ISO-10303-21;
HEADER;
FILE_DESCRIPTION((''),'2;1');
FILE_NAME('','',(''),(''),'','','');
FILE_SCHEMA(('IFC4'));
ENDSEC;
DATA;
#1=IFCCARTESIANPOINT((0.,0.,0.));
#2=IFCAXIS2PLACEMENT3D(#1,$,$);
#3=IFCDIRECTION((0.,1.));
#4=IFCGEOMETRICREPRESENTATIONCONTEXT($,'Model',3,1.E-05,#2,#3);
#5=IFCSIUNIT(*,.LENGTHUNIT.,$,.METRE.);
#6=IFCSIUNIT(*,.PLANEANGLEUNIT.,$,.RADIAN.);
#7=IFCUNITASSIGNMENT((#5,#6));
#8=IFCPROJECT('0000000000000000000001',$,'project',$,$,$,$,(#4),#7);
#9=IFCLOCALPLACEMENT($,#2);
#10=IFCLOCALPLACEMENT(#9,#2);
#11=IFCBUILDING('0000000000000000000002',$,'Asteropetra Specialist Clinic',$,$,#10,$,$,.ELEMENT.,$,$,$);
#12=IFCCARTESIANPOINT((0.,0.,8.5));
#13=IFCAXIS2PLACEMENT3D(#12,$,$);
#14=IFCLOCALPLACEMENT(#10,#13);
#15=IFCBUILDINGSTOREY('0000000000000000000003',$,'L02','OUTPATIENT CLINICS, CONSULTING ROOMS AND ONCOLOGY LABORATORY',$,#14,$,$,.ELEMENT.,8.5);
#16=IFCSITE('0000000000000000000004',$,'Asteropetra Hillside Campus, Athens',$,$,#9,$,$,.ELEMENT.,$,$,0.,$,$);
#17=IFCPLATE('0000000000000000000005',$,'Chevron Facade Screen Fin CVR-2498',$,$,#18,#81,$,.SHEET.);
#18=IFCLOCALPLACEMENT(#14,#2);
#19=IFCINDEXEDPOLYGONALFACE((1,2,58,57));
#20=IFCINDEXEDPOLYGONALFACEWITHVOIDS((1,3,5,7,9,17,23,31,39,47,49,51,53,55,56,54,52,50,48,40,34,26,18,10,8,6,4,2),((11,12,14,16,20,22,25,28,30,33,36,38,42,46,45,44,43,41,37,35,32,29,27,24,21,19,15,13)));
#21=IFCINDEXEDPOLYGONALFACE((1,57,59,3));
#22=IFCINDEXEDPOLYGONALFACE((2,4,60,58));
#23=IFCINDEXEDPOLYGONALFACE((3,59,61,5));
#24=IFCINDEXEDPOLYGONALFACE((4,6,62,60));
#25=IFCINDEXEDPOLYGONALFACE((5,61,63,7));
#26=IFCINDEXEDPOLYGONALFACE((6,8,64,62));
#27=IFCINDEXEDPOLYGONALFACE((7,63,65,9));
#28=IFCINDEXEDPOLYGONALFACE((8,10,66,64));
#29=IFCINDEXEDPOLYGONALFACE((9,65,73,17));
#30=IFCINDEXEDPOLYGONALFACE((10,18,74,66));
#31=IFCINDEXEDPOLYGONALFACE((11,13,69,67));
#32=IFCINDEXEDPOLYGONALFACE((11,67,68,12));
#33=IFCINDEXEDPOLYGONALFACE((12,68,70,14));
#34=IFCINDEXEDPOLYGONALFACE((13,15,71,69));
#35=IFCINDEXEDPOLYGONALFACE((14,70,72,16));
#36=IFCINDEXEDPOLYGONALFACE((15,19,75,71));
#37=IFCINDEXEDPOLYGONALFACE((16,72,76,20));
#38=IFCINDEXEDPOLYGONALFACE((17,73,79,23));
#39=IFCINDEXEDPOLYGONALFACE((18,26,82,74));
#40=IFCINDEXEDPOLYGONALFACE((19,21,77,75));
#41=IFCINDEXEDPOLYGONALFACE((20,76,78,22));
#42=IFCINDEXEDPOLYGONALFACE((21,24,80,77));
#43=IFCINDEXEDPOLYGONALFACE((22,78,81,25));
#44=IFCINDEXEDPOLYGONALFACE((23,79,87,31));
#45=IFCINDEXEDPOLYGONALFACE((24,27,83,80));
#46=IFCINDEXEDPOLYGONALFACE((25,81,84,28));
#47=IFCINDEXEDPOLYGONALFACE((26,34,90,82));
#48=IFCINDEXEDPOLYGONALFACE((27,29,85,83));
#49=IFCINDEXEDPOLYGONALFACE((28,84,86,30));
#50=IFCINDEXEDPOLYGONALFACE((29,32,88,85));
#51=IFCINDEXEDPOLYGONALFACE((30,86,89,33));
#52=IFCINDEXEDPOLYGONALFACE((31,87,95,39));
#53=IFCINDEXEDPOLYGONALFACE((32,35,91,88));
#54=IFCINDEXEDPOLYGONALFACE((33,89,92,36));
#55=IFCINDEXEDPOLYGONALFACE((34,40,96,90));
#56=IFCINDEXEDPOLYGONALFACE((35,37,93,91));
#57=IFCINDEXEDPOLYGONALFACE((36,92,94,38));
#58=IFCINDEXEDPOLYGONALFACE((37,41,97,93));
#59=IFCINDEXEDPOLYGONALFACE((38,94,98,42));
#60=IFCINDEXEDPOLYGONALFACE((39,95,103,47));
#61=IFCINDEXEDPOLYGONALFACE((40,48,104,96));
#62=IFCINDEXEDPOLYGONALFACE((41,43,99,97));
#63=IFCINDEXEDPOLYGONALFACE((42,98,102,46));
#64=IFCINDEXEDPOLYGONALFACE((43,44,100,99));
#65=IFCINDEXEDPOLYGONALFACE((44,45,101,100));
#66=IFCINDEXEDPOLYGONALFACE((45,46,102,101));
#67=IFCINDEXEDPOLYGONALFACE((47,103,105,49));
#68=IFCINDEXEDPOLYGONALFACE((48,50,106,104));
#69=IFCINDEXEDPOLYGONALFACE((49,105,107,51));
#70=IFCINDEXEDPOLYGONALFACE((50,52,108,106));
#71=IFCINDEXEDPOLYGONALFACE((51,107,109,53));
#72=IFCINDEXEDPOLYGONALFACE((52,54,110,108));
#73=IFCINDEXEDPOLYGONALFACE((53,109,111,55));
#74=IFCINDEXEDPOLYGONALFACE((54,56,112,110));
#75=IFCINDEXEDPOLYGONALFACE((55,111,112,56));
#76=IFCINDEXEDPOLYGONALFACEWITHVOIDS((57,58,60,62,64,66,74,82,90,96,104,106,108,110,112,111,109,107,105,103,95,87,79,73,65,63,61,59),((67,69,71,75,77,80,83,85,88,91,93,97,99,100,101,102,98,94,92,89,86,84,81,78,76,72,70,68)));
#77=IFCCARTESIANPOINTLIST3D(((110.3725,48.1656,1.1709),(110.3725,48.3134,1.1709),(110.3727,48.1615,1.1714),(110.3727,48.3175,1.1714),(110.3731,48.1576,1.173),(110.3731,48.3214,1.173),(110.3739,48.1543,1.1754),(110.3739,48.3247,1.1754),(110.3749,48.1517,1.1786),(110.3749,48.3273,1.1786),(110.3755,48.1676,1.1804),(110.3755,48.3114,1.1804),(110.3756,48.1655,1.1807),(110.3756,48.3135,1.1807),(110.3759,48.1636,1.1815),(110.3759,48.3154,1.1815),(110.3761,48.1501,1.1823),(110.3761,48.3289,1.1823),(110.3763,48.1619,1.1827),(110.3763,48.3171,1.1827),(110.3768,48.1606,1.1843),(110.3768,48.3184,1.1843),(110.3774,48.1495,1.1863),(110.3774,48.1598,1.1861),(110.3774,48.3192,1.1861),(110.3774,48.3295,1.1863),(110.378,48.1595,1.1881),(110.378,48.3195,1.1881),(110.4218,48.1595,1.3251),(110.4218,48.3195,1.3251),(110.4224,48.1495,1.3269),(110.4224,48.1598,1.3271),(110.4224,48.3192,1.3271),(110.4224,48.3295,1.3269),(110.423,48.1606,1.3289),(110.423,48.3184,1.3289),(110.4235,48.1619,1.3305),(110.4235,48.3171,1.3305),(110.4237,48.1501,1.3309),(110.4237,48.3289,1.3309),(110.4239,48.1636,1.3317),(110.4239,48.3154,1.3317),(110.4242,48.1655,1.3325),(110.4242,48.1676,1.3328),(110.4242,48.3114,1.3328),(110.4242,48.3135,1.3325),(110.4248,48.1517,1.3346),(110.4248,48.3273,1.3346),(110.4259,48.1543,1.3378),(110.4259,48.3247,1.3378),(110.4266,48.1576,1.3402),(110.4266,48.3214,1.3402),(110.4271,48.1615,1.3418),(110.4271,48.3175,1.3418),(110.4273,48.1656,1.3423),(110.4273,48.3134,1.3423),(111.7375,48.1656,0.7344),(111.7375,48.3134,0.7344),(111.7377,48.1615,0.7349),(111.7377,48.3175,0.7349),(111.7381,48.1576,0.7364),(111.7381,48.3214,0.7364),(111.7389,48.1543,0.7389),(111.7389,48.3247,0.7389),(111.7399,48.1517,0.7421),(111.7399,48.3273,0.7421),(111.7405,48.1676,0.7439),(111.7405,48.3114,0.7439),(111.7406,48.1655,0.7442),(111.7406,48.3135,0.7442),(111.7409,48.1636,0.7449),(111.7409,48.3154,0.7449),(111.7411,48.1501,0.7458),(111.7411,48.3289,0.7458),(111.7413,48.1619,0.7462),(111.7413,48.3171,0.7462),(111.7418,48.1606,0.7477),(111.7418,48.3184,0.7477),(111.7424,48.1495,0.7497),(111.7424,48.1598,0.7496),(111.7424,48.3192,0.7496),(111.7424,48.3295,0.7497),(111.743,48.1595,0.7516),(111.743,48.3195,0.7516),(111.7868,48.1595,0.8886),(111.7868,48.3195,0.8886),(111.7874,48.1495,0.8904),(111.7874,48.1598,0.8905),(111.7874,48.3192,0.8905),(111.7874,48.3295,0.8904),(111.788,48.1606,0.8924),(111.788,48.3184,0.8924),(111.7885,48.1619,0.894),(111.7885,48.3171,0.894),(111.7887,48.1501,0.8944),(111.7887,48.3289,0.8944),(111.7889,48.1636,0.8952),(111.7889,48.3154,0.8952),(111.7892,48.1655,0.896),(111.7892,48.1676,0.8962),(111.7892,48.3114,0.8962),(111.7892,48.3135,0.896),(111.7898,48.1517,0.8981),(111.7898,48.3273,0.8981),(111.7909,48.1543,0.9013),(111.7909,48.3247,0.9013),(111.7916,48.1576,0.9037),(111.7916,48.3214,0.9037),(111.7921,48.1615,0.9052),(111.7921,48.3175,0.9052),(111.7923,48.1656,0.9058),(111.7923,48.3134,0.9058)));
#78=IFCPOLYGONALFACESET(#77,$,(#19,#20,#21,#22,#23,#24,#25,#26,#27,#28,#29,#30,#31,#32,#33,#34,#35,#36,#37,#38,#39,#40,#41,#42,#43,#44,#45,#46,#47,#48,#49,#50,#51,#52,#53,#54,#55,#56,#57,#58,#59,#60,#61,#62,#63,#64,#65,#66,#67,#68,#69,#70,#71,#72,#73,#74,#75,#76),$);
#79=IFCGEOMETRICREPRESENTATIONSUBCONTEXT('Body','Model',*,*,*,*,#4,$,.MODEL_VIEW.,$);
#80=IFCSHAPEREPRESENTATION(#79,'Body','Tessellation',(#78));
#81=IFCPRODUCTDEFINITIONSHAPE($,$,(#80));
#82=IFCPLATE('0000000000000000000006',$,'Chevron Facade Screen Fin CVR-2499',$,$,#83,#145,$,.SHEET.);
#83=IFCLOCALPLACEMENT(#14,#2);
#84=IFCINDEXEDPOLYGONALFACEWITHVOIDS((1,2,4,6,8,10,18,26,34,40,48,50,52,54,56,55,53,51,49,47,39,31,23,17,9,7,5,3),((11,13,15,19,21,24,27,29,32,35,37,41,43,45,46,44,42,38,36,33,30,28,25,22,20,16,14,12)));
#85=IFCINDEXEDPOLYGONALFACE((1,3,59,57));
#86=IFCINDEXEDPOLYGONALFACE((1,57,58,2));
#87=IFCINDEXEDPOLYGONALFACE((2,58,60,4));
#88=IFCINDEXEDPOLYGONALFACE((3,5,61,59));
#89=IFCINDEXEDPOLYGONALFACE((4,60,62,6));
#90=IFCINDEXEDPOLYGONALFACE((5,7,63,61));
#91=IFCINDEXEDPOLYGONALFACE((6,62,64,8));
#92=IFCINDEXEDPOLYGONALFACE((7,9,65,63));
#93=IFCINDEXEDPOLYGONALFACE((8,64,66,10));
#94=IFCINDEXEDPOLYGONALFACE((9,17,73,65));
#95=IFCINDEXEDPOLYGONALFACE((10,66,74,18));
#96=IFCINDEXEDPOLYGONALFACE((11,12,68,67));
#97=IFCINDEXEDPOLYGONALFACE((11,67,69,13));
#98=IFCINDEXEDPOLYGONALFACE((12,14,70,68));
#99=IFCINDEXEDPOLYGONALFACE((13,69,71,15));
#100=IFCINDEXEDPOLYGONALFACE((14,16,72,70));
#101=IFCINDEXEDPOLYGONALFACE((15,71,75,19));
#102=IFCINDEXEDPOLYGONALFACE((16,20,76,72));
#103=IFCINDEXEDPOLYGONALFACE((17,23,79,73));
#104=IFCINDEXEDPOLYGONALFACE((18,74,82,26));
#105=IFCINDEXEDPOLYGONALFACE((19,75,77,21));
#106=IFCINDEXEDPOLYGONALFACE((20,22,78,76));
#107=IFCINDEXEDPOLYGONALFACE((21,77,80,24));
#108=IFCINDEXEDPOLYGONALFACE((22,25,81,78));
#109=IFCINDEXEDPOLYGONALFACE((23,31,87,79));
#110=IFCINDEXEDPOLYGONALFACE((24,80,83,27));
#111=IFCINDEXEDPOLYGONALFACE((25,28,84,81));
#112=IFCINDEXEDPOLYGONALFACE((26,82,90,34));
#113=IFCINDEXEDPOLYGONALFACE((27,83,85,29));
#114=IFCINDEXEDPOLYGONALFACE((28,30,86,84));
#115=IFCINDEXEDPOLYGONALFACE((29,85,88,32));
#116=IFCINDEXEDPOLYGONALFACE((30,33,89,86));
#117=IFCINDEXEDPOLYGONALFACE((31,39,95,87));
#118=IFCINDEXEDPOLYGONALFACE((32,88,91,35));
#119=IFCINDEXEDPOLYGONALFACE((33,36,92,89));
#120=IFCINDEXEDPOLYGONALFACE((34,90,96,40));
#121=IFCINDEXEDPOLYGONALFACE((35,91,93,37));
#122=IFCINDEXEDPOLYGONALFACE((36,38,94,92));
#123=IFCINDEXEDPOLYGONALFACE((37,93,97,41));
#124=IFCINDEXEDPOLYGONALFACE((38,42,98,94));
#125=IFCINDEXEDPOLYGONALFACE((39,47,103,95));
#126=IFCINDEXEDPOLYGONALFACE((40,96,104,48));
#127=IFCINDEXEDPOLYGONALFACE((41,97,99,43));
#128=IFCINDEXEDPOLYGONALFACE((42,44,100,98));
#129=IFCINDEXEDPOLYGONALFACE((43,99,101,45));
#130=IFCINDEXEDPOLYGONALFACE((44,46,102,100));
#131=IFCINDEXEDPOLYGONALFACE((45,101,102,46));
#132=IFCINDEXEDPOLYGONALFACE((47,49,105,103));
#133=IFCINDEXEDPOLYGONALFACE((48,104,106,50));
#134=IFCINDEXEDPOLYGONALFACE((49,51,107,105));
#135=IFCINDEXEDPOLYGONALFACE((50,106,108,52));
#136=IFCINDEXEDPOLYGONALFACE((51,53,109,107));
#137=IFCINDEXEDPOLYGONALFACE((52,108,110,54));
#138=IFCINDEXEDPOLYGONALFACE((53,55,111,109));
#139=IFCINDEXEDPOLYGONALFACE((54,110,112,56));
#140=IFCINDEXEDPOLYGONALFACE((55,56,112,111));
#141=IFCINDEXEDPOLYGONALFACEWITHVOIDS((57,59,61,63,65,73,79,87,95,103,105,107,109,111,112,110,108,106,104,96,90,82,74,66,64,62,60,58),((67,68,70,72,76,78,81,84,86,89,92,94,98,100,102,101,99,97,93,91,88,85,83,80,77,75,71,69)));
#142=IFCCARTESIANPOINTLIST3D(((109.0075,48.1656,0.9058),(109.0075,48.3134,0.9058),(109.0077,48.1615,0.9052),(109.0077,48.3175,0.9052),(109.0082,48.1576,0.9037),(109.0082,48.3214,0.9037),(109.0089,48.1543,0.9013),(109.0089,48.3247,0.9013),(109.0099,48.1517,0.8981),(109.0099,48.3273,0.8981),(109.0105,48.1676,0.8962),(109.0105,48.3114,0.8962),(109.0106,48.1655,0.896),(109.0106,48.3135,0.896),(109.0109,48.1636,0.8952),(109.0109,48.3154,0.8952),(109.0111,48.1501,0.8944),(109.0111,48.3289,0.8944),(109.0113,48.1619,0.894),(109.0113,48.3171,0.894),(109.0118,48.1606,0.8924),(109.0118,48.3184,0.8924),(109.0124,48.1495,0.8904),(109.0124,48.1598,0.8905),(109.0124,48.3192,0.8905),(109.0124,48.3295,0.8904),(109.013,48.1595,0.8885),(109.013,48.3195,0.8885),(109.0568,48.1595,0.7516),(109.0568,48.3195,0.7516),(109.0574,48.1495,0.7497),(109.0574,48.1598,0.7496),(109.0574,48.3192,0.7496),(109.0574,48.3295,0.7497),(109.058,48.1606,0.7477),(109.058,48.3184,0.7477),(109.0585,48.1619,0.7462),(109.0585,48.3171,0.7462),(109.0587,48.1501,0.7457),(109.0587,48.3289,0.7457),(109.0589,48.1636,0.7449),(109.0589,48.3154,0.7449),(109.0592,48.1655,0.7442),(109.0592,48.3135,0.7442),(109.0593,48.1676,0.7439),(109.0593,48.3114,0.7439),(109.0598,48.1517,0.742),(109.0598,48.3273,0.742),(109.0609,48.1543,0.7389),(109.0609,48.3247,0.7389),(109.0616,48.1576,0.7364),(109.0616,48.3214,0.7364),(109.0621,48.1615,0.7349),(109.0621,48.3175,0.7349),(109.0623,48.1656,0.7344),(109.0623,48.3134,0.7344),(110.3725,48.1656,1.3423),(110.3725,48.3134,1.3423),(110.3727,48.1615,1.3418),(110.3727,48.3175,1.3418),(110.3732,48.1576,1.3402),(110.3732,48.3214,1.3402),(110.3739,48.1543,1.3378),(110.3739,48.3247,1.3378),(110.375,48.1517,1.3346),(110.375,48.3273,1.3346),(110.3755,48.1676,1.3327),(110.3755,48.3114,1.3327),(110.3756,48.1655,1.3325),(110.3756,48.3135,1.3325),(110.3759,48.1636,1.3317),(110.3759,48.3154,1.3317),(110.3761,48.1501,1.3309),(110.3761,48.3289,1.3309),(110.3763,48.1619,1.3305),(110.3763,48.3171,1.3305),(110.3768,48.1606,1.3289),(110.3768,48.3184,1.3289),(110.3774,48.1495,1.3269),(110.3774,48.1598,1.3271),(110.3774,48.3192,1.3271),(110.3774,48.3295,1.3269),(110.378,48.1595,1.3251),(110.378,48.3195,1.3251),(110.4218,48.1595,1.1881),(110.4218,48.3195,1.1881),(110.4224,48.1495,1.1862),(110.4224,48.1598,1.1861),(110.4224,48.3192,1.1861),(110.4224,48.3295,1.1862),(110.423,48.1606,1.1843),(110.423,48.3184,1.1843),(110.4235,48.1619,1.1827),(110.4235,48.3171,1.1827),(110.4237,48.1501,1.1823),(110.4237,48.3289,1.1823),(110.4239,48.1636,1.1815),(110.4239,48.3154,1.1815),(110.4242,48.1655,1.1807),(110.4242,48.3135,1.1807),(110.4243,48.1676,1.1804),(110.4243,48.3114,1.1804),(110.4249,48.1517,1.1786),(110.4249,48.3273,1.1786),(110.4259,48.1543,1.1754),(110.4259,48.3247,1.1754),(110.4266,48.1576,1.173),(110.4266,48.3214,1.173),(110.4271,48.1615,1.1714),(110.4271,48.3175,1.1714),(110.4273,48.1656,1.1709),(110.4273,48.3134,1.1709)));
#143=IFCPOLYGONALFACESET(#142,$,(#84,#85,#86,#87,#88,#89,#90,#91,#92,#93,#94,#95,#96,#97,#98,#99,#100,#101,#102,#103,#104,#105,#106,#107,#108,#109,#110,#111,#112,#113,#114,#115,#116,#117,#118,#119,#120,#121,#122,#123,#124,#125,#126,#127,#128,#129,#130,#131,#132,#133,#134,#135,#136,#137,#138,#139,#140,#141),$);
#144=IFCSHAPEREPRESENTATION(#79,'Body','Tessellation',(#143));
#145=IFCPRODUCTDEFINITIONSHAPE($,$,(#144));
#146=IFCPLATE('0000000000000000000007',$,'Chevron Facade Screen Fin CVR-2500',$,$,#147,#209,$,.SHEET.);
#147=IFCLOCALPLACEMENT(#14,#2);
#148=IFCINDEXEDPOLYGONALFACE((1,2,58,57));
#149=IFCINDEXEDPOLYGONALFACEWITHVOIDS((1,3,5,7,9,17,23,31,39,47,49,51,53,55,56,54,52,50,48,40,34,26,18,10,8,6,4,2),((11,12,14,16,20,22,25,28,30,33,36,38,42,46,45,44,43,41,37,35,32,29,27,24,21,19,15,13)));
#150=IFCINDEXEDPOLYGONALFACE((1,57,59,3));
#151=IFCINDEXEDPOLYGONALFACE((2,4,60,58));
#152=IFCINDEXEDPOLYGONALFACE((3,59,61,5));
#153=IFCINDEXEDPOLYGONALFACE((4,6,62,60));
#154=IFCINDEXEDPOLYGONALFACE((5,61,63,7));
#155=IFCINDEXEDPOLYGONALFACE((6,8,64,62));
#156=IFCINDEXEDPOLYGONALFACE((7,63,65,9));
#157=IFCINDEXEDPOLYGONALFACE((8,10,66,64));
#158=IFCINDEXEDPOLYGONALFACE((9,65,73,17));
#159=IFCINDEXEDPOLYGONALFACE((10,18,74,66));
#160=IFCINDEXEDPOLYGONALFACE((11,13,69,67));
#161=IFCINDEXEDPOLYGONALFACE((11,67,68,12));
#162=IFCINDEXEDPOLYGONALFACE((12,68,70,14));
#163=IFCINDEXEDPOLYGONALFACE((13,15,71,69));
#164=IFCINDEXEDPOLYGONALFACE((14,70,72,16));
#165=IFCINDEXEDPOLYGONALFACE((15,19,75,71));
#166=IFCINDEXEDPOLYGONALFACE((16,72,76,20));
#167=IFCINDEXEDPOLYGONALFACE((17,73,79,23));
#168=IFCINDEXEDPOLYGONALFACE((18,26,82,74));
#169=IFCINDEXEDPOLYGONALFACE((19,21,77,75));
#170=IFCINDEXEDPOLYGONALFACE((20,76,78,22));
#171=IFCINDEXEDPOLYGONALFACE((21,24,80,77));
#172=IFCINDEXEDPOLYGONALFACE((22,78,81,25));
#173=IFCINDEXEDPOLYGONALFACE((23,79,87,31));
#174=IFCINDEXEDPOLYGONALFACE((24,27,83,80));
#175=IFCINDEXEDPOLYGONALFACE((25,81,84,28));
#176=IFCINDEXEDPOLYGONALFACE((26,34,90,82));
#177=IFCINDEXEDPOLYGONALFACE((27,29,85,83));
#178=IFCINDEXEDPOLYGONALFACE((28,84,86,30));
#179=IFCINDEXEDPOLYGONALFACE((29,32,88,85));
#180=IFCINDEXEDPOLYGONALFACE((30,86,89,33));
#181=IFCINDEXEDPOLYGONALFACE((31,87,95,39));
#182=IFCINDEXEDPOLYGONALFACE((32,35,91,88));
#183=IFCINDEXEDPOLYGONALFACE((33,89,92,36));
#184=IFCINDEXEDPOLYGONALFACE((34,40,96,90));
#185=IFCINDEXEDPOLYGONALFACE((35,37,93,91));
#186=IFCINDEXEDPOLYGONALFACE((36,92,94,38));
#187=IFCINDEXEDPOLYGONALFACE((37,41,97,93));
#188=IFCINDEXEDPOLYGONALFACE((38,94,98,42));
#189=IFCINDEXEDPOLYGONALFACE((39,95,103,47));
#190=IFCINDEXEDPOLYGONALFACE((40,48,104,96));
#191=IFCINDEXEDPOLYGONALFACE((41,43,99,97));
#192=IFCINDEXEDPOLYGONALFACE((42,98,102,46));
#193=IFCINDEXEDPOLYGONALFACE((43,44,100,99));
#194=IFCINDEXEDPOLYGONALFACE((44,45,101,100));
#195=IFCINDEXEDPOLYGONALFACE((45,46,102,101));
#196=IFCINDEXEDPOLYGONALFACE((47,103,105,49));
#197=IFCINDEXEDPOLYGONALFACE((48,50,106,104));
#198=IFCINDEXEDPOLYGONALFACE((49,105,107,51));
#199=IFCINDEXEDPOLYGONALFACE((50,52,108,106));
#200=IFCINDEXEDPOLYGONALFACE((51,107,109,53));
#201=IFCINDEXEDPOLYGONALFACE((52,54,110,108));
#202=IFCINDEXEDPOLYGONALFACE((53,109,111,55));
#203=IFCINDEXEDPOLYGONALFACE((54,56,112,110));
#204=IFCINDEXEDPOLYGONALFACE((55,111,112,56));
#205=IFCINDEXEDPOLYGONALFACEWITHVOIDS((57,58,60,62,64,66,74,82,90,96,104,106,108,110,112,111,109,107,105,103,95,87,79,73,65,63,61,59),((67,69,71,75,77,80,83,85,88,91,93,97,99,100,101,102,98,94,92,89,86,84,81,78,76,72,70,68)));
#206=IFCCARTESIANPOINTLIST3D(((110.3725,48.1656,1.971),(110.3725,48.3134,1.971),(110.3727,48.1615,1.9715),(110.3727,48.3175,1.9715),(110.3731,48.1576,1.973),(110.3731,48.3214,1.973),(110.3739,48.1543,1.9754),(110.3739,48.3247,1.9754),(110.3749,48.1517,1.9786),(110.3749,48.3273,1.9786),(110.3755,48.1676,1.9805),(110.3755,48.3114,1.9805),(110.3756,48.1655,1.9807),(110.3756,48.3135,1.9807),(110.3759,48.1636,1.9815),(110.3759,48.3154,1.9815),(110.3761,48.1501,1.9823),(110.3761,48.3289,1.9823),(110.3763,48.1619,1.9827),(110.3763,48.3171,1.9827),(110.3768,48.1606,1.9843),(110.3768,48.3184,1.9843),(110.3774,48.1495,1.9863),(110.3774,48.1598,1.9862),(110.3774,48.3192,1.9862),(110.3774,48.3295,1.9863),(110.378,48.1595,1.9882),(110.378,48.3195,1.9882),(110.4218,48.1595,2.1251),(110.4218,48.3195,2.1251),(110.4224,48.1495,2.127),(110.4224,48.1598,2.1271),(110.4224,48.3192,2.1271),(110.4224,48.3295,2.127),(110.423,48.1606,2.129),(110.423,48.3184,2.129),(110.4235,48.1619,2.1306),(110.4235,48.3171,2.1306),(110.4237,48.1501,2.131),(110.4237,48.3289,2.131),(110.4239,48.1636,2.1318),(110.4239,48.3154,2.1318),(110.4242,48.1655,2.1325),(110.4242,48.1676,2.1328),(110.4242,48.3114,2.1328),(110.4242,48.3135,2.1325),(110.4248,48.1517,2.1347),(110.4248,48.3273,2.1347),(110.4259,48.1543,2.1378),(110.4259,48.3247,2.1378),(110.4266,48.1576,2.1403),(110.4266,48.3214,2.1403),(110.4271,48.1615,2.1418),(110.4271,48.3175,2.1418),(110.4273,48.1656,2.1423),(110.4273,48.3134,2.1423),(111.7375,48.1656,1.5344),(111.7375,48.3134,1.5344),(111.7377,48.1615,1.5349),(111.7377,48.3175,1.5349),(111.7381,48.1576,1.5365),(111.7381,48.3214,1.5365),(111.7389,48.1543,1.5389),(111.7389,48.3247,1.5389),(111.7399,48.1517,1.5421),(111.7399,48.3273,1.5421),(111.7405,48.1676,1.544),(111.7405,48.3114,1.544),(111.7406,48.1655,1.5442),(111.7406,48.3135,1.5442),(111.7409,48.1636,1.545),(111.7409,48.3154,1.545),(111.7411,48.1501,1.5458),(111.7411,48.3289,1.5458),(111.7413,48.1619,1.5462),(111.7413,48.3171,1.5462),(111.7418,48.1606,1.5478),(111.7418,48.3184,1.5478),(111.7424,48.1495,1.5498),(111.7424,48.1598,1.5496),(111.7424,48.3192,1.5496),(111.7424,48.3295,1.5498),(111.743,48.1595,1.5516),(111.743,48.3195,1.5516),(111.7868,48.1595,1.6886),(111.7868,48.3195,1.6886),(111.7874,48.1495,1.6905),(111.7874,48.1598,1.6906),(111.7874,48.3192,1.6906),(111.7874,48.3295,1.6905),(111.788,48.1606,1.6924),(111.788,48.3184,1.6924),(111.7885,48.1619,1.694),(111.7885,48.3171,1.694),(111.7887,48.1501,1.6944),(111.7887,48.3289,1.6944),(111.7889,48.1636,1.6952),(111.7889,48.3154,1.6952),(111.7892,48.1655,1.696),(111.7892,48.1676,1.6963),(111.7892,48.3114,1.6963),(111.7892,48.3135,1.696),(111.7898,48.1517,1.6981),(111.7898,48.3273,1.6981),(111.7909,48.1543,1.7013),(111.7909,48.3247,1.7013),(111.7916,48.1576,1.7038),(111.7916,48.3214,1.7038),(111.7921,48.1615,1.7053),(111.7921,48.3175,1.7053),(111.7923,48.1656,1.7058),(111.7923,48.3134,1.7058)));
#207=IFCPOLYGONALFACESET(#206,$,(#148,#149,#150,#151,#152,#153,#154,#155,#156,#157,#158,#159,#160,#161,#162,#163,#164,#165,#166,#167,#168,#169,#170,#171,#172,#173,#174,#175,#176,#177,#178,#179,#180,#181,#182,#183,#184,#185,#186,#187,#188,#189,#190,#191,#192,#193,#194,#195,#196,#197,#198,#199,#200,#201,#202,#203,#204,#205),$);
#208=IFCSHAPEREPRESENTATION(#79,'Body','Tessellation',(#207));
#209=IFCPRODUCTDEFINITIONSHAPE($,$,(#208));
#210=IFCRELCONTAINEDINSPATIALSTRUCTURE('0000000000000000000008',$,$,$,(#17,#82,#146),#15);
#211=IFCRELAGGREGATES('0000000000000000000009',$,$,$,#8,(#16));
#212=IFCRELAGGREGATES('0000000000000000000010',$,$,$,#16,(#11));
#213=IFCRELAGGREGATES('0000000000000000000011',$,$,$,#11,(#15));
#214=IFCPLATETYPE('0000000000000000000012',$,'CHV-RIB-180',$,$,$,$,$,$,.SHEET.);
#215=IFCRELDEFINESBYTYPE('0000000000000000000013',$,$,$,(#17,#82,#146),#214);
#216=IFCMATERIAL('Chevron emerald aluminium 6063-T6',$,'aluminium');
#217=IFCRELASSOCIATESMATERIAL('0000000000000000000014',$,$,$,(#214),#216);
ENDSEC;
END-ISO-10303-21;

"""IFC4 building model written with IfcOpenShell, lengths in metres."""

from ifc_helpers import new_model, si_unit, direction, frame, origin, origin_2d, place, context, subcontext, project, spatial, hollow_rectangle, extrude, material, material_profile, profile_set, type_object, element, save


model = new_model("IFC4")

# Units and contexts
model_context = context("Model", 3, precision=1e-05, world=origin(), true_north=direction((0.0, 1.0)))
body_context = subcontext(model_context, "Body", "Model", "MODEL_VIEW")
ifc_project = project(units=[si_unit("LENGTHUNIT", "METRE"), si_unit("PLANEANGLEUNIT", "RADIAN")], contexts=[model_context])

# Site, building, storey
site_placement = place(None, origin())
site = spatial("IfcSite", under=ifc_project, at=site_placement, Name="Asteropetra Hillside Campus, Athens", CompositionType="ELEMENT", RefElevation=0.0)
building_placement = place(site_placement, origin())
building = spatial("IfcBuilding", under=site, at=building_placement, Name="Asteropetra Specialist Clinic", CompositionType="ELEMENT")
storey_placement = place(building_placement, frame((0.0, 0.0, 8.5)))
storey = spatial("IfcBuildingStorey", under=building, at=storey_placement, Name="L02", Description="OUTPATIENT CLINICS, CONSULTING ROOMS AND ONCOLOGY LABORATORY", CompositionType="ELEMENT", Elevation=8.5)

# Plates
ifc_material_1 = material(Name="Chevron emerald aluminium 6063-T6", Category="aluminium")
ifc_material_profile_1 = material_profile(ifc_material_1, hollow_rectangle(XDim=0.1799, YDim=0.1799, WallThickness=0.01, InnerFilletRadius=0.0081, OuterFilletRadius=0.0161, at=origin_2d()), Name="SHS 180x180x10.0")
ifc_profile_set_1 = profile_set([ifc_material_profile_1], Name="Chevron emerald aluminium 6063-T6")
plate_type = type_object("IfcPlateType", Name="CHV-RIB-180", PredefinedType="SHEET", material=ifc_profile_set_1)
for number, where, z_axis, x_axis, name in (
    (1, (111.7649, 48.2395, 0.8201), (-0.95248, 0.0, 0.304603), (0.0, -1.0, 0.0), "Chevron Facade Screen Fin CVR-2498"),
    (2, (110.3999, 48.2395, 1.2566), (-0.95248, 0.0, -0.304603), (0.0, -1.0, 0.0), "Chevron Facade Screen Fin CVR-2499"),
    (3, (111.7649, 48.2395, 1.6201), (-0.95248, 0.0, 0.304603), (0.0, -1.0, 0.0), "Chevron Facade Screen Fin CVR-2500"),
):
    element("IfcPlate", number, at=place(storey_placement, frame(where, z_axis=z_axis, x_axis=x_axis)), inside=storey, type_object=plate_type, Name=name, PredefinedType="SHEET", context=body_context, shape_type="SweptSolid", body=[
        extrude(hollow_rectangle(XDim=0.1799, YDim=0.1799, WallThickness=0.01, InnerFilletRadius=0.0081, OuterFilletRadius=0.0161, at=origin_2d()), origin(), (0.0, 0.0, 1.0), 1.4331),
    ])

save(model, "model.ifc")
